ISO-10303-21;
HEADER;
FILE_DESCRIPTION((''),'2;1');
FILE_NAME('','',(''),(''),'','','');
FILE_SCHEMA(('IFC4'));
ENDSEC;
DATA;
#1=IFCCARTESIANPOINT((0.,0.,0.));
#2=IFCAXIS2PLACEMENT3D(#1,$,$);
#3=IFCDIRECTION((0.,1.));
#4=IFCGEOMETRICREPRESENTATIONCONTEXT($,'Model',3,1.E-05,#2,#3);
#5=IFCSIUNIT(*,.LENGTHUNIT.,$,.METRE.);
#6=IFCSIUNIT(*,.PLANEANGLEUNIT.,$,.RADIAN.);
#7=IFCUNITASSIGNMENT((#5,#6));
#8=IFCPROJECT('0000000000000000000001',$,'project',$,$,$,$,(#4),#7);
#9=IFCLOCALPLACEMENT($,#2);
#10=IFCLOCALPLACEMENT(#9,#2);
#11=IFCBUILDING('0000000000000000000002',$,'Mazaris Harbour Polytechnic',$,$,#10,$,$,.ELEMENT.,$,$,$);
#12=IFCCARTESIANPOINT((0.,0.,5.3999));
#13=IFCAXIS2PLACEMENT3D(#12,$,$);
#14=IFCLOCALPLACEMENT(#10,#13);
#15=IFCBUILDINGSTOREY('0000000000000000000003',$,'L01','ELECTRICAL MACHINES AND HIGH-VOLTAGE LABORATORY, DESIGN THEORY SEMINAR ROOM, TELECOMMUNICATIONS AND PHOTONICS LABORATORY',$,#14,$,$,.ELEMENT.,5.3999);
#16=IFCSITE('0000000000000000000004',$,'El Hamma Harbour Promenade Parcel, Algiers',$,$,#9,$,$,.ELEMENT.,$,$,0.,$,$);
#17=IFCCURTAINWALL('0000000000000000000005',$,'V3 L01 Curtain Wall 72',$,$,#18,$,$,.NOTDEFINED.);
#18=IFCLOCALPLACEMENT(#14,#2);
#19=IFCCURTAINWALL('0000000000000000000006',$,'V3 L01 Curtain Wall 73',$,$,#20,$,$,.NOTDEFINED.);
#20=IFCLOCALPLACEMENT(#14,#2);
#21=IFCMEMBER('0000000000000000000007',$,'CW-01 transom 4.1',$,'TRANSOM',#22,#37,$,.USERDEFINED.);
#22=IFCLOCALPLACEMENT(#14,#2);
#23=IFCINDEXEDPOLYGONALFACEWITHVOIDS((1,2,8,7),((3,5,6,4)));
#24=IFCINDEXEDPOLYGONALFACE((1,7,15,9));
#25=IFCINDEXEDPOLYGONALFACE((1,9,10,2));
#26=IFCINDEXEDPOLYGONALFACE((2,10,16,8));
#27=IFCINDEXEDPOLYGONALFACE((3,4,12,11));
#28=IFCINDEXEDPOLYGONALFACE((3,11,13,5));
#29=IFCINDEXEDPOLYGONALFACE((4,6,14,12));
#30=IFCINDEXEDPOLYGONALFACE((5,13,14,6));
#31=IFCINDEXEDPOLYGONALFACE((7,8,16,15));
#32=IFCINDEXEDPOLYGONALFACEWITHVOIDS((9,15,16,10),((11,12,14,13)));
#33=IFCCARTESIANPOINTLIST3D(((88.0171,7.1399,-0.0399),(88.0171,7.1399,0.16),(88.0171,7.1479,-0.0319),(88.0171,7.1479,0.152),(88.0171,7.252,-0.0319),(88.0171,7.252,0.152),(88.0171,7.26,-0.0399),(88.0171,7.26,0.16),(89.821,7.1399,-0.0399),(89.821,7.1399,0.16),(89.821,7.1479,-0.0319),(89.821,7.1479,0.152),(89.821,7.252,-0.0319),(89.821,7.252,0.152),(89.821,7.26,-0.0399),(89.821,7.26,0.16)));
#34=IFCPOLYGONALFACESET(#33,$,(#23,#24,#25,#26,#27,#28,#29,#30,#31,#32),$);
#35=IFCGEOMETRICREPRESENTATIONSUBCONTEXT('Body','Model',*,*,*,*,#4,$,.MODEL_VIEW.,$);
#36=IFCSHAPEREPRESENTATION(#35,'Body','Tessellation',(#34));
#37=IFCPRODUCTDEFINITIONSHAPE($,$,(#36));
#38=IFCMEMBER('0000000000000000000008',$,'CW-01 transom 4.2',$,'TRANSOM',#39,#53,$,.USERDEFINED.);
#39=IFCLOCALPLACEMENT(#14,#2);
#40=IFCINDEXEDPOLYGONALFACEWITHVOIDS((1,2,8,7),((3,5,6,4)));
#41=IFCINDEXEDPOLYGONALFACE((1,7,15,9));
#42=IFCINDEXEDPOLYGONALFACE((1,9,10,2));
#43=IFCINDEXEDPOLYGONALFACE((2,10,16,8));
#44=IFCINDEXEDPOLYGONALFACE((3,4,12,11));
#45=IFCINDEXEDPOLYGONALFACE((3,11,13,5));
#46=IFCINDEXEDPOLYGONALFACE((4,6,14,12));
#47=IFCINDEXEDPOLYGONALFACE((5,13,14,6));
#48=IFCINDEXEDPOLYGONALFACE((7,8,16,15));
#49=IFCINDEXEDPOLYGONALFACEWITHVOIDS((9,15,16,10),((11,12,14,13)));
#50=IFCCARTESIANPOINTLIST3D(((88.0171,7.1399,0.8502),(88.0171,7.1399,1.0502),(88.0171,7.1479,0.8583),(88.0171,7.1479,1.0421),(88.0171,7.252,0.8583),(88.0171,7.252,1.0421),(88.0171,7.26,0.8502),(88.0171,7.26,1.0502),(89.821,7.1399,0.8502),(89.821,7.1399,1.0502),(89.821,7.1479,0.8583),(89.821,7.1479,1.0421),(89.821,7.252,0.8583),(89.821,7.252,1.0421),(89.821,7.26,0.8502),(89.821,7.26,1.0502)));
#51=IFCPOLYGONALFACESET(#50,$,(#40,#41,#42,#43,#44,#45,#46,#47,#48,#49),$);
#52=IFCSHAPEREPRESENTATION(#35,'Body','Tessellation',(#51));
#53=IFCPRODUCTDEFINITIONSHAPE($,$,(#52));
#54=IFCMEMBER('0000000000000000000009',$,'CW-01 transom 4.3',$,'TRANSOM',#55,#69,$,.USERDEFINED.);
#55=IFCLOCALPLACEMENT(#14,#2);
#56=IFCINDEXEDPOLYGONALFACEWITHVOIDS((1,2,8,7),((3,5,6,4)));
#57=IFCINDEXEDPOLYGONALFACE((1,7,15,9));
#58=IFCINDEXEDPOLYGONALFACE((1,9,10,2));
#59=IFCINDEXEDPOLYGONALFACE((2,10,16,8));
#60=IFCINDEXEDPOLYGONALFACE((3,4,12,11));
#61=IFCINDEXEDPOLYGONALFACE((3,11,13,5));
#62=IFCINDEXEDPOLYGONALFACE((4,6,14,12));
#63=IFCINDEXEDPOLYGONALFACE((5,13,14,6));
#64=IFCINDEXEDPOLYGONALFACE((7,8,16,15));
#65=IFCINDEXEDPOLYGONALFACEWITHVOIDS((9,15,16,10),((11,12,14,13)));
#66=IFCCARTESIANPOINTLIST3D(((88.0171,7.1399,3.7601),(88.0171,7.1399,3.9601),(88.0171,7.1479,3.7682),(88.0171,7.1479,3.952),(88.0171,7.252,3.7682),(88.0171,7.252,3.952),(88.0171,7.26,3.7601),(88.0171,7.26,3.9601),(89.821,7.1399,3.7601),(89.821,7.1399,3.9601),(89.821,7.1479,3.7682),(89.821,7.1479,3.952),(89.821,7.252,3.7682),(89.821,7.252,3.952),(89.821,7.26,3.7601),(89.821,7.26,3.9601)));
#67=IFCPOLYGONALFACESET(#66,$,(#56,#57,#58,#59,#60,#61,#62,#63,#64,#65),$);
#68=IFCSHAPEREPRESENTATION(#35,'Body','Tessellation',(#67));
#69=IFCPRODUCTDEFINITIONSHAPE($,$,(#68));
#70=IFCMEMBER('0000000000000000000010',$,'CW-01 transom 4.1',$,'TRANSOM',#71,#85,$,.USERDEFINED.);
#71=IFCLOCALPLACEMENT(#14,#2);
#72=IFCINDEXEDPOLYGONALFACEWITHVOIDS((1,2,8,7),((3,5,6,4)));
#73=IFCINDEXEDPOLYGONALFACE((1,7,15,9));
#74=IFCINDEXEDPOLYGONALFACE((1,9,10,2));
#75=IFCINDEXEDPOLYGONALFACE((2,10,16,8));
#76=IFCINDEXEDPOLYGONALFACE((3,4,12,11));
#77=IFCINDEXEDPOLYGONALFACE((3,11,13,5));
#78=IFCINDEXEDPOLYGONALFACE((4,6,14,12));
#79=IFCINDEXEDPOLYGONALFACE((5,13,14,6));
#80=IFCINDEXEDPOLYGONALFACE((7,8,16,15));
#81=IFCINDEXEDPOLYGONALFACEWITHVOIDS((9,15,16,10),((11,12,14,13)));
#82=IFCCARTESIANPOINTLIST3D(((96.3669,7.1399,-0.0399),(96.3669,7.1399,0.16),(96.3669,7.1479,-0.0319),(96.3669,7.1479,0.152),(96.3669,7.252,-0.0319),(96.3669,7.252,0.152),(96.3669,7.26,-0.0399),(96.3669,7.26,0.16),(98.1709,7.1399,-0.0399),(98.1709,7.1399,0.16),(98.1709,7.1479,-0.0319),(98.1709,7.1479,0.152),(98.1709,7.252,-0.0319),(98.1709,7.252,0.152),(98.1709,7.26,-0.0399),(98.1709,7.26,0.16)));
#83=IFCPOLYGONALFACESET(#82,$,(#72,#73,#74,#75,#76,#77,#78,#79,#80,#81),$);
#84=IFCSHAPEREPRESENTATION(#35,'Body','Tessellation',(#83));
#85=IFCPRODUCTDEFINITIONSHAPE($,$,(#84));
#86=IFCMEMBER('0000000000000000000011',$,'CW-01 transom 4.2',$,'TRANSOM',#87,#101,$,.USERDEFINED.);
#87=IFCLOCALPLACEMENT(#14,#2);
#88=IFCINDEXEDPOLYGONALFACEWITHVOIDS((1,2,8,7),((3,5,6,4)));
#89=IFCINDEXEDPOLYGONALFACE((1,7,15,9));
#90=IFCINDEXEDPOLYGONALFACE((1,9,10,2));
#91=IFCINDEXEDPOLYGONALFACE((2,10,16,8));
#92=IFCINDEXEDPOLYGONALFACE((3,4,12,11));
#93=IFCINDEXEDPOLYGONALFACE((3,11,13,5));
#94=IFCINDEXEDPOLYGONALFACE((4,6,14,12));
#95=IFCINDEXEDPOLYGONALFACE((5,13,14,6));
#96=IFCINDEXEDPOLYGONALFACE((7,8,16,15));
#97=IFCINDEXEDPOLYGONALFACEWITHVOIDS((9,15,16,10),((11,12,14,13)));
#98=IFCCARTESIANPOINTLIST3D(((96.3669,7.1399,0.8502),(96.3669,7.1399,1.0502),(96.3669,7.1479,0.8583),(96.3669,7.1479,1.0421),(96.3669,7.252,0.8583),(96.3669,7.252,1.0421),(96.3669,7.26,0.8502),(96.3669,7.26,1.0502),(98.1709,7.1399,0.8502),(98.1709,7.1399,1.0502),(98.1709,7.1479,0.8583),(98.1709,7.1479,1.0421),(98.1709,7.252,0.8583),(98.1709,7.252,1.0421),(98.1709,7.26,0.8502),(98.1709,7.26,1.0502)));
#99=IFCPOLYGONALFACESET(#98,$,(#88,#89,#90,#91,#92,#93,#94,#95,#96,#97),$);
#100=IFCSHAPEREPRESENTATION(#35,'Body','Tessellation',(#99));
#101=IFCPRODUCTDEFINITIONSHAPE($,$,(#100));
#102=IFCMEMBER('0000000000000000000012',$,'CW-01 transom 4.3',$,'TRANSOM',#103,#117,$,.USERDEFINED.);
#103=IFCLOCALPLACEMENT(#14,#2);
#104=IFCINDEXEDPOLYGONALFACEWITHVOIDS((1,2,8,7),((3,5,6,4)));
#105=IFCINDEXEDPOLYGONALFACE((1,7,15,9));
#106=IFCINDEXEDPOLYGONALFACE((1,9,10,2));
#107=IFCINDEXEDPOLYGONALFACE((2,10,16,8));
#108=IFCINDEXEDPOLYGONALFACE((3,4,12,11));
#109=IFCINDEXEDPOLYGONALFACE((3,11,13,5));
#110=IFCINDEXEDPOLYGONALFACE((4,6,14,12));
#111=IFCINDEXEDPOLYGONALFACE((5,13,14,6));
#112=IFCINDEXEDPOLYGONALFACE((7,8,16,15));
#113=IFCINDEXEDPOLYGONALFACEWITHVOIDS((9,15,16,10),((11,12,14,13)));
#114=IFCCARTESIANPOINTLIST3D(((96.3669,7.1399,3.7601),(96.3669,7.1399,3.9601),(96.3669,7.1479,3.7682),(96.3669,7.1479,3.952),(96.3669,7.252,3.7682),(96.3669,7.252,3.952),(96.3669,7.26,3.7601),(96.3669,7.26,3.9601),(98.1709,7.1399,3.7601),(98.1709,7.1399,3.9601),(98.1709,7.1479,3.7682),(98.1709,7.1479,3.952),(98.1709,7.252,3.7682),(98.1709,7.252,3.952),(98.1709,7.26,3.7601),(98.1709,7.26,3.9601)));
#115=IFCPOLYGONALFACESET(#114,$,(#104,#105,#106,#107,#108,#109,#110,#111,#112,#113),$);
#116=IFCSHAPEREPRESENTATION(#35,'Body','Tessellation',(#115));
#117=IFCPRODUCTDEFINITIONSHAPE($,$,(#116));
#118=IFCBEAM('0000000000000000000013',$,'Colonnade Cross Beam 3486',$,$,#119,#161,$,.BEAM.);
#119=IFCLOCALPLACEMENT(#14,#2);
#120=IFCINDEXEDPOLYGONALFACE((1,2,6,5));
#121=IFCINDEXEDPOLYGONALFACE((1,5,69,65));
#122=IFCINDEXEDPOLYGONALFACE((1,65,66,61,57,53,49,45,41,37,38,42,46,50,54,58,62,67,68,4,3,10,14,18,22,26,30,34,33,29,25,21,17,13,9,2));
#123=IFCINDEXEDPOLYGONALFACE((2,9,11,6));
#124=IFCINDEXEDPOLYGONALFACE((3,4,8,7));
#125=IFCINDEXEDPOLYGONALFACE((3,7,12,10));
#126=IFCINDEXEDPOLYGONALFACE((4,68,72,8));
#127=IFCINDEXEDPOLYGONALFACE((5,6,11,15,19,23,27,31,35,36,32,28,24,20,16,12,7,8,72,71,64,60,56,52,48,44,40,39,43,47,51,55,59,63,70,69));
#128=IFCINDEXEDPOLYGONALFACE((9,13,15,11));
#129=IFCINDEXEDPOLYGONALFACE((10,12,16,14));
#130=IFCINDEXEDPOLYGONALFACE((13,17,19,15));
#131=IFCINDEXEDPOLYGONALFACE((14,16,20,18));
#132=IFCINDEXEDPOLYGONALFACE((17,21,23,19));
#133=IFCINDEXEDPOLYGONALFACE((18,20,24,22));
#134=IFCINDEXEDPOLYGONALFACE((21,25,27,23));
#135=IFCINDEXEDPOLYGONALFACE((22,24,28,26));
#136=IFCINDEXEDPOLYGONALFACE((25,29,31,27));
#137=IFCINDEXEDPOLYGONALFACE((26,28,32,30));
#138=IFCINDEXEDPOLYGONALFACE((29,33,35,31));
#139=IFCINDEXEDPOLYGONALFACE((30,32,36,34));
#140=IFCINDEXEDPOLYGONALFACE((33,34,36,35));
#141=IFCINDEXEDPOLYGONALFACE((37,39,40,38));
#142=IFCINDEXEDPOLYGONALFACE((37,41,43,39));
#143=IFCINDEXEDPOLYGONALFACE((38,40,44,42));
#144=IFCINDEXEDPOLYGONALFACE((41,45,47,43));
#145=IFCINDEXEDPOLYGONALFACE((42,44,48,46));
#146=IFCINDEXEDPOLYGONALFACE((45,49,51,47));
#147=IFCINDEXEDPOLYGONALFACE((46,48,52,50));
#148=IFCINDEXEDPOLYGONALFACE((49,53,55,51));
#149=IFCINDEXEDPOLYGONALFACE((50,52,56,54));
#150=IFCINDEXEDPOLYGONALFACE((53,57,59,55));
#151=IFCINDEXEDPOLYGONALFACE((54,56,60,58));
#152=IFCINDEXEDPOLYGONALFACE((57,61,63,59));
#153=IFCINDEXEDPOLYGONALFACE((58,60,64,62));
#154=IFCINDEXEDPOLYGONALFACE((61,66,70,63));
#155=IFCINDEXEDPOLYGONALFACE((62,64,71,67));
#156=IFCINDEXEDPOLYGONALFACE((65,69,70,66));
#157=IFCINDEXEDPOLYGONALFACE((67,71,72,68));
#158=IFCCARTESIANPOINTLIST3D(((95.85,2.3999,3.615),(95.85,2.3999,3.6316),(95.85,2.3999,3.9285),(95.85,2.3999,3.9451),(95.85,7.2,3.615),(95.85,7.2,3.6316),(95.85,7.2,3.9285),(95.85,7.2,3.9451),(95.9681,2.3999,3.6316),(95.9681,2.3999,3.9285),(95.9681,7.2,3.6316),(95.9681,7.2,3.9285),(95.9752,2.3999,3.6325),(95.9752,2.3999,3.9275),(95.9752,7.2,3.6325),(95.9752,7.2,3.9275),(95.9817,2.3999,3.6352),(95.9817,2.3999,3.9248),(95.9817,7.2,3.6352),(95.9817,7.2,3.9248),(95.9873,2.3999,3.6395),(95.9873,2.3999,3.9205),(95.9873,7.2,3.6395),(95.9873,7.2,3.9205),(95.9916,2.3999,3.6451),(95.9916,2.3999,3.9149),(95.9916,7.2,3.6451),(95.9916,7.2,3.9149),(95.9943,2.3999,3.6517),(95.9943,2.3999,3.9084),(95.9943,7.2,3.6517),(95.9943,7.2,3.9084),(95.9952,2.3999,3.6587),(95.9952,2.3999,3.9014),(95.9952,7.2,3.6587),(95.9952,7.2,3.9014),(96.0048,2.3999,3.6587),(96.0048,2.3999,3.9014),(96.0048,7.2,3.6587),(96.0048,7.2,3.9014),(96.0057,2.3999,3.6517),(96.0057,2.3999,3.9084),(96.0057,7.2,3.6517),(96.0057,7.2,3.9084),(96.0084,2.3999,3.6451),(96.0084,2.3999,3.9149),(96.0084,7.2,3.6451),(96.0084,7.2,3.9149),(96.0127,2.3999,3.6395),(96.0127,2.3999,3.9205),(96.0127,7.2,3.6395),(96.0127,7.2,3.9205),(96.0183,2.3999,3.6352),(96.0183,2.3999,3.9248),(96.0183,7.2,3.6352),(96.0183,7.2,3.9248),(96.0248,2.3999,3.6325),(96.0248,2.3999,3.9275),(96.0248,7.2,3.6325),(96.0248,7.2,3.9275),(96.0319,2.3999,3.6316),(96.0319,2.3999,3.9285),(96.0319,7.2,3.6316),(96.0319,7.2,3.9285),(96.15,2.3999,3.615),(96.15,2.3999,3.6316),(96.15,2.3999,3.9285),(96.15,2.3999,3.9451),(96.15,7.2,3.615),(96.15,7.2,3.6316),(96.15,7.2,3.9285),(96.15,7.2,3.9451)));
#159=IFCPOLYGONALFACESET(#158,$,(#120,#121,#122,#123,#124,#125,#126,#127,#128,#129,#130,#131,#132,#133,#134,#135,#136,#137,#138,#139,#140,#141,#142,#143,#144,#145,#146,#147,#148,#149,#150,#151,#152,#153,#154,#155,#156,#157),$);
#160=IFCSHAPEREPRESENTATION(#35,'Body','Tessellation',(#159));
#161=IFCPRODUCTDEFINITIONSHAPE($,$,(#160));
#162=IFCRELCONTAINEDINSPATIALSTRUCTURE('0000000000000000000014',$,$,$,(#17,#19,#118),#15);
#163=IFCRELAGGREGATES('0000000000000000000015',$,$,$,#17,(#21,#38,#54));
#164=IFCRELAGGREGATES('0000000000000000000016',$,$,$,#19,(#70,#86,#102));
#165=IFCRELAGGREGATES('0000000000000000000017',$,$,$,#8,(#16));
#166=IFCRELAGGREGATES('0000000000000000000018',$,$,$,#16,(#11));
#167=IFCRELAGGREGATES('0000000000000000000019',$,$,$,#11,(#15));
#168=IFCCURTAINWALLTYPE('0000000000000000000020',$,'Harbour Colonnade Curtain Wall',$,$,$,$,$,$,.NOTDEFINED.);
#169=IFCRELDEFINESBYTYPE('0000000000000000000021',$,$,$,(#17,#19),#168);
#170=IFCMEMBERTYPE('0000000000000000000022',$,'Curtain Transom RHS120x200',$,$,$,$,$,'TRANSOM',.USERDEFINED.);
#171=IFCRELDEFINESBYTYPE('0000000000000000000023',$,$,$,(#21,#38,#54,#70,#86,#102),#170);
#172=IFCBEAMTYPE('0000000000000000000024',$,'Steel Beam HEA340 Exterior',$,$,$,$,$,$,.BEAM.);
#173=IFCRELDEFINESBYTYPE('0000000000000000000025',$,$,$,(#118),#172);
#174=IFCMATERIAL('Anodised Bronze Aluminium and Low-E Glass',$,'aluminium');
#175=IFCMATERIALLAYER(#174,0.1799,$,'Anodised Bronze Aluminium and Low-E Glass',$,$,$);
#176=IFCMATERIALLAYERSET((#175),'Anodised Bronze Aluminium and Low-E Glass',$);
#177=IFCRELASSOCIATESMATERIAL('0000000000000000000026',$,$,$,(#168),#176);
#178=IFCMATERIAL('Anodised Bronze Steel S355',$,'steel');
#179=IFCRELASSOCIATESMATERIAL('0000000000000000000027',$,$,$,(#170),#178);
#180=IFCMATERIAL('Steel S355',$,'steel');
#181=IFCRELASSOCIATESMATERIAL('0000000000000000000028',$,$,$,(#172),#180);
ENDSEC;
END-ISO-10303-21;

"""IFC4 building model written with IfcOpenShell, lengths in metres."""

from ifc_helpers import new_model, si_unit, direction, frame, origin, origin_2d, place, context, subcontext, project, spatial, hollow_rectangle, i_section, extrude, material, layer, layer_set, material_profile, profile_set, type_object, element, aggregate, save


model = new_model("IFC4")

# Units and contexts
model_context = context("Model", 3, precision=1e-05, world=origin(), true_north=direction((0.0, 1.0)))
body_context = subcontext(model_context, "Body", "Model", "MODEL_VIEW")
ifc_project = project(units=[si_unit("LENGTHUNIT", "METRE"), si_unit("PLANEANGLEUNIT", "RADIAN")], contexts=[model_context])

# Site, building, storey
site_placement = place(None, origin())
site = spatial("IfcSite", under=ifc_project, at=site_placement, Name="El Hamma Harbour Promenade Parcel, Algiers", CompositionType="ELEMENT", RefElevation=0.0)
building_placement = place(site_placement, origin())
building = spatial("IfcBuilding", under=site, at=building_placement, Name="Mazaris Harbour Polytechnic", CompositionType="ELEMENT")
storey_placement = place(building_placement, frame((0.0, 0.0, 5.3999)))
storey = spatial("IfcBuildingStorey", under=building, at=storey_placement, Name="L01", Description="ELECTRICAL MACHINES AND HIGH-VOLTAGE LABORATORY, DESIGN THEORY SEMINAR ROOM, TELECOMMUNICATIONS AND PHOTONICS LABORATORY", CompositionType="ELEMENT", Elevation=5.3999)

# Curtain wall
ifc_material_1 = material(Name="Anodised Bronze Aluminium and Low-E Glass", Category="aluminium")
ifc_layer_1 = layer(ifc_material_1, 0.1799, Name="Anodised Bronze Aluminium and Low-E Glass")
ifc_layer_set_1 = layer_set([ifc_layer_1], Name="Anodised Bronze Aluminium and Low-E Glass")
curtain_wall_type = type_object("IfcCurtainWallType", Name="Harbour Colonnade Curtain Wall", PredefinedType="NOTDEFINED", material=ifc_layer_set_1)
curtain_wall_1_placement = place(storey_placement, origin())
curtain_wall_1 = element("IfcCurtainWall", 1, at=curtain_wall_1_placement, inside=storey, type_object=curtain_wall_type, Name="V3 L01 Curtain Wall 72", PredefinedType="NOTDEFINED")

# Curtain wall
curtain_wall_2_placement = place(storey_placement, origin())
curtain_wall_2 = element("IfcCurtainWall", 2, at=curtain_wall_2_placement, inside=storey, type_object=curtain_wall_type, Name="V3 L01 Curtain Wall 73", PredefinedType="NOTDEFINED")

# Members
ifc_material_2 = material(Name="Anodised Bronze Steel S355", Category="steel")
ifc_material_profile_1 = material_profile(ifc_material_2, hollow_rectangle(XDim=0.1201, YDim=0.2, WallThickness=0.0081, at=origin_2d()), Name="RHS 120x200x8.0")
ifc_profile_set_1 = profile_set([ifc_material_profile_1], Name="Anodised Bronze Steel S355")
member_type_1 = type_object("IfcMemberType", Name="Curtain Transom RHS120x200", ElementType="TRANSOM", PredefinedType="USERDEFINED", material=ifc_profile_set_1)
member_1_placement = place(storey_placement, frame((89.821, 7.2, 0.0601), z_axis=(-1.0, 0.0, 0.0), x_axis=(0.0, -1.0, 0.0)))
member_1 = element("IfcMember", 3, at=member_1_placement, type_object=member_type_1, Name="CW-01 transom 4.1", ObjectType="TRANSOM", PredefinedType="USERDEFINED", context=body_context, shape_type="SweptSolid", body=[
    extrude(hollow_rectangle(XDim=0.1201, YDim=0.2, WallThickness=0.0081, at=origin_2d()), origin(), (0.0, 0.0, 1.0), 1.804),
])
member_2_placement = place(storey_placement, frame((89.821, 7.2, 0.9502), z_axis=(-1.0, 0.0, 0.0), x_axis=(0.0, -1.0, 0.0)))
member_2 = element("IfcMember", 4, at=member_2_placement, type_object=member_type_1, Name="CW-01 transom 4.2", ObjectType="TRANSOM", PredefinedType="USERDEFINED", context=body_context, shape_type="SweptSolid", body=[
    extrude(hollow_rectangle(XDim=0.1201, YDim=0.2, WallThickness=0.0081, at=origin_2d()), origin(), (0.0, 0.0, 1.0), 1.804),
])
member_3_placement = place(storey_placement, frame((89.821, 7.2, 3.8601), z_axis=(-1.0, 0.0, 0.0), x_axis=(0.0, -1.0, 0.0)))
member_3 = element("IfcMember", 5, at=member_3_placement, type_object=member_type_1, Name="CW-01 transom 4.3", ObjectType="TRANSOM", PredefinedType="USERDEFINED", context=body_context, shape_type="SweptSolid", body=[
    extrude(hollow_rectangle(XDim=0.1201, YDim=0.2, WallThickness=0.0081, at=origin_2d()), origin(), (0.0, 0.0, 1.0), 1.804),
])
member_4_placement = place(storey_placement, frame((98.1709, 7.2, 0.0601), z_axis=(-1.0, 0.0, 0.0), x_axis=(0.0, -1.0, 0.0)))
member_4 = element("IfcMember", 6, at=member_4_placement, type_object=member_type_1, Name="CW-01 transom 4.1", ObjectType="TRANSOM", PredefinedType="USERDEFINED", context=body_context, shape_type="SweptSolid", body=[
    extrude(hollow_rectangle(XDim=0.1201, YDim=0.2, WallThickness=0.0081, at=origin_2d()), origin(), (0.0, 0.0, 1.0), 1.804),
])
member_5_placement = place(storey_placement, frame((98.1709, 7.2, 0.9502), z_axis=(-1.0, 0.0, 0.0), x_axis=(0.0, -1.0, 0.0)))
member_5 = element("IfcMember", 7, at=member_5_placement, type_object=member_type_1, Name="CW-01 transom 4.2", ObjectType="TRANSOM", PredefinedType="USERDEFINED", context=body_context, shape_type="SweptSolid", body=[
    extrude(hollow_rectangle(XDim=0.1201, YDim=0.2, WallThickness=0.0081, at=origin_2d()), origin(), (0.0, 0.0, 1.0), 1.804),
])
member_6_placement = place(storey_placement, frame((98.1709, 7.2, 3.8601), z_axis=(-1.0, 0.0, 0.0), x_axis=(0.0, -1.0, 0.0)))
member_6 = element("IfcMember", 8, at=member_6_placement, type_object=member_type_1, Name="CW-01 transom 4.3", ObjectType="TRANSOM", PredefinedType="USERDEFINED", context=body_context, shape_type="SweptSolid", body=[
    extrude(hollow_rectangle(XDim=0.1201, YDim=0.2, WallThickness=0.0081, at=origin_2d()), origin(), (0.0, 0.0, 1.0), 1.804),
])

# Beam
ifc_material_3 = material(Name="Steel S355", Category="steel")
ifc_material_profile_2 = material_profile(ifc_material_3, i_section(OverallWidth=0.3, OverallDepth=0.3301, WebThickness=0.0095, FlangeThickness=0.0166, FilletRadius=0.0271, at=origin_2d()), Name="HEA 340")
ifc_profile_set_2 = profile_set([ifc_material_profile_2], Name="Steel S355")
beam_type = type_object("IfcBeamType", Name="Steel Beam HEA340 Exterior", PredefinedType="BEAM", material=ifc_profile_set_2)
beam_1_placement = place(storey_placement, frame((96.0, 2.3999, 3.78), z_axis=(0.0, 1.0, 0.0), x_axis=(-1.0, 0.0, 0.0)))
element("IfcBeam", 9, at=beam_1_placement, inside=storey, type_object=beam_type, Name="Colonnade Cross Beam 3486", PredefinedType="BEAM", context=body_context, shape_type="SweptSolid", body=[
    extrude(i_section(OverallWidth=0.3, OverallDepth=0.3301, WebThickness=0.0095, FlangeThickness=0.0166, FilletRadius=0.0271, at=origin_2d()), origin(), (0.0, 0.0, 1.0), 4.8),
])

aggregate(curtain_wall_1, [member_1, member_2, member_3])
aggregate(curtain_wall_2, [member_4, member_5, member_6])

save(model, "model.ifc")
